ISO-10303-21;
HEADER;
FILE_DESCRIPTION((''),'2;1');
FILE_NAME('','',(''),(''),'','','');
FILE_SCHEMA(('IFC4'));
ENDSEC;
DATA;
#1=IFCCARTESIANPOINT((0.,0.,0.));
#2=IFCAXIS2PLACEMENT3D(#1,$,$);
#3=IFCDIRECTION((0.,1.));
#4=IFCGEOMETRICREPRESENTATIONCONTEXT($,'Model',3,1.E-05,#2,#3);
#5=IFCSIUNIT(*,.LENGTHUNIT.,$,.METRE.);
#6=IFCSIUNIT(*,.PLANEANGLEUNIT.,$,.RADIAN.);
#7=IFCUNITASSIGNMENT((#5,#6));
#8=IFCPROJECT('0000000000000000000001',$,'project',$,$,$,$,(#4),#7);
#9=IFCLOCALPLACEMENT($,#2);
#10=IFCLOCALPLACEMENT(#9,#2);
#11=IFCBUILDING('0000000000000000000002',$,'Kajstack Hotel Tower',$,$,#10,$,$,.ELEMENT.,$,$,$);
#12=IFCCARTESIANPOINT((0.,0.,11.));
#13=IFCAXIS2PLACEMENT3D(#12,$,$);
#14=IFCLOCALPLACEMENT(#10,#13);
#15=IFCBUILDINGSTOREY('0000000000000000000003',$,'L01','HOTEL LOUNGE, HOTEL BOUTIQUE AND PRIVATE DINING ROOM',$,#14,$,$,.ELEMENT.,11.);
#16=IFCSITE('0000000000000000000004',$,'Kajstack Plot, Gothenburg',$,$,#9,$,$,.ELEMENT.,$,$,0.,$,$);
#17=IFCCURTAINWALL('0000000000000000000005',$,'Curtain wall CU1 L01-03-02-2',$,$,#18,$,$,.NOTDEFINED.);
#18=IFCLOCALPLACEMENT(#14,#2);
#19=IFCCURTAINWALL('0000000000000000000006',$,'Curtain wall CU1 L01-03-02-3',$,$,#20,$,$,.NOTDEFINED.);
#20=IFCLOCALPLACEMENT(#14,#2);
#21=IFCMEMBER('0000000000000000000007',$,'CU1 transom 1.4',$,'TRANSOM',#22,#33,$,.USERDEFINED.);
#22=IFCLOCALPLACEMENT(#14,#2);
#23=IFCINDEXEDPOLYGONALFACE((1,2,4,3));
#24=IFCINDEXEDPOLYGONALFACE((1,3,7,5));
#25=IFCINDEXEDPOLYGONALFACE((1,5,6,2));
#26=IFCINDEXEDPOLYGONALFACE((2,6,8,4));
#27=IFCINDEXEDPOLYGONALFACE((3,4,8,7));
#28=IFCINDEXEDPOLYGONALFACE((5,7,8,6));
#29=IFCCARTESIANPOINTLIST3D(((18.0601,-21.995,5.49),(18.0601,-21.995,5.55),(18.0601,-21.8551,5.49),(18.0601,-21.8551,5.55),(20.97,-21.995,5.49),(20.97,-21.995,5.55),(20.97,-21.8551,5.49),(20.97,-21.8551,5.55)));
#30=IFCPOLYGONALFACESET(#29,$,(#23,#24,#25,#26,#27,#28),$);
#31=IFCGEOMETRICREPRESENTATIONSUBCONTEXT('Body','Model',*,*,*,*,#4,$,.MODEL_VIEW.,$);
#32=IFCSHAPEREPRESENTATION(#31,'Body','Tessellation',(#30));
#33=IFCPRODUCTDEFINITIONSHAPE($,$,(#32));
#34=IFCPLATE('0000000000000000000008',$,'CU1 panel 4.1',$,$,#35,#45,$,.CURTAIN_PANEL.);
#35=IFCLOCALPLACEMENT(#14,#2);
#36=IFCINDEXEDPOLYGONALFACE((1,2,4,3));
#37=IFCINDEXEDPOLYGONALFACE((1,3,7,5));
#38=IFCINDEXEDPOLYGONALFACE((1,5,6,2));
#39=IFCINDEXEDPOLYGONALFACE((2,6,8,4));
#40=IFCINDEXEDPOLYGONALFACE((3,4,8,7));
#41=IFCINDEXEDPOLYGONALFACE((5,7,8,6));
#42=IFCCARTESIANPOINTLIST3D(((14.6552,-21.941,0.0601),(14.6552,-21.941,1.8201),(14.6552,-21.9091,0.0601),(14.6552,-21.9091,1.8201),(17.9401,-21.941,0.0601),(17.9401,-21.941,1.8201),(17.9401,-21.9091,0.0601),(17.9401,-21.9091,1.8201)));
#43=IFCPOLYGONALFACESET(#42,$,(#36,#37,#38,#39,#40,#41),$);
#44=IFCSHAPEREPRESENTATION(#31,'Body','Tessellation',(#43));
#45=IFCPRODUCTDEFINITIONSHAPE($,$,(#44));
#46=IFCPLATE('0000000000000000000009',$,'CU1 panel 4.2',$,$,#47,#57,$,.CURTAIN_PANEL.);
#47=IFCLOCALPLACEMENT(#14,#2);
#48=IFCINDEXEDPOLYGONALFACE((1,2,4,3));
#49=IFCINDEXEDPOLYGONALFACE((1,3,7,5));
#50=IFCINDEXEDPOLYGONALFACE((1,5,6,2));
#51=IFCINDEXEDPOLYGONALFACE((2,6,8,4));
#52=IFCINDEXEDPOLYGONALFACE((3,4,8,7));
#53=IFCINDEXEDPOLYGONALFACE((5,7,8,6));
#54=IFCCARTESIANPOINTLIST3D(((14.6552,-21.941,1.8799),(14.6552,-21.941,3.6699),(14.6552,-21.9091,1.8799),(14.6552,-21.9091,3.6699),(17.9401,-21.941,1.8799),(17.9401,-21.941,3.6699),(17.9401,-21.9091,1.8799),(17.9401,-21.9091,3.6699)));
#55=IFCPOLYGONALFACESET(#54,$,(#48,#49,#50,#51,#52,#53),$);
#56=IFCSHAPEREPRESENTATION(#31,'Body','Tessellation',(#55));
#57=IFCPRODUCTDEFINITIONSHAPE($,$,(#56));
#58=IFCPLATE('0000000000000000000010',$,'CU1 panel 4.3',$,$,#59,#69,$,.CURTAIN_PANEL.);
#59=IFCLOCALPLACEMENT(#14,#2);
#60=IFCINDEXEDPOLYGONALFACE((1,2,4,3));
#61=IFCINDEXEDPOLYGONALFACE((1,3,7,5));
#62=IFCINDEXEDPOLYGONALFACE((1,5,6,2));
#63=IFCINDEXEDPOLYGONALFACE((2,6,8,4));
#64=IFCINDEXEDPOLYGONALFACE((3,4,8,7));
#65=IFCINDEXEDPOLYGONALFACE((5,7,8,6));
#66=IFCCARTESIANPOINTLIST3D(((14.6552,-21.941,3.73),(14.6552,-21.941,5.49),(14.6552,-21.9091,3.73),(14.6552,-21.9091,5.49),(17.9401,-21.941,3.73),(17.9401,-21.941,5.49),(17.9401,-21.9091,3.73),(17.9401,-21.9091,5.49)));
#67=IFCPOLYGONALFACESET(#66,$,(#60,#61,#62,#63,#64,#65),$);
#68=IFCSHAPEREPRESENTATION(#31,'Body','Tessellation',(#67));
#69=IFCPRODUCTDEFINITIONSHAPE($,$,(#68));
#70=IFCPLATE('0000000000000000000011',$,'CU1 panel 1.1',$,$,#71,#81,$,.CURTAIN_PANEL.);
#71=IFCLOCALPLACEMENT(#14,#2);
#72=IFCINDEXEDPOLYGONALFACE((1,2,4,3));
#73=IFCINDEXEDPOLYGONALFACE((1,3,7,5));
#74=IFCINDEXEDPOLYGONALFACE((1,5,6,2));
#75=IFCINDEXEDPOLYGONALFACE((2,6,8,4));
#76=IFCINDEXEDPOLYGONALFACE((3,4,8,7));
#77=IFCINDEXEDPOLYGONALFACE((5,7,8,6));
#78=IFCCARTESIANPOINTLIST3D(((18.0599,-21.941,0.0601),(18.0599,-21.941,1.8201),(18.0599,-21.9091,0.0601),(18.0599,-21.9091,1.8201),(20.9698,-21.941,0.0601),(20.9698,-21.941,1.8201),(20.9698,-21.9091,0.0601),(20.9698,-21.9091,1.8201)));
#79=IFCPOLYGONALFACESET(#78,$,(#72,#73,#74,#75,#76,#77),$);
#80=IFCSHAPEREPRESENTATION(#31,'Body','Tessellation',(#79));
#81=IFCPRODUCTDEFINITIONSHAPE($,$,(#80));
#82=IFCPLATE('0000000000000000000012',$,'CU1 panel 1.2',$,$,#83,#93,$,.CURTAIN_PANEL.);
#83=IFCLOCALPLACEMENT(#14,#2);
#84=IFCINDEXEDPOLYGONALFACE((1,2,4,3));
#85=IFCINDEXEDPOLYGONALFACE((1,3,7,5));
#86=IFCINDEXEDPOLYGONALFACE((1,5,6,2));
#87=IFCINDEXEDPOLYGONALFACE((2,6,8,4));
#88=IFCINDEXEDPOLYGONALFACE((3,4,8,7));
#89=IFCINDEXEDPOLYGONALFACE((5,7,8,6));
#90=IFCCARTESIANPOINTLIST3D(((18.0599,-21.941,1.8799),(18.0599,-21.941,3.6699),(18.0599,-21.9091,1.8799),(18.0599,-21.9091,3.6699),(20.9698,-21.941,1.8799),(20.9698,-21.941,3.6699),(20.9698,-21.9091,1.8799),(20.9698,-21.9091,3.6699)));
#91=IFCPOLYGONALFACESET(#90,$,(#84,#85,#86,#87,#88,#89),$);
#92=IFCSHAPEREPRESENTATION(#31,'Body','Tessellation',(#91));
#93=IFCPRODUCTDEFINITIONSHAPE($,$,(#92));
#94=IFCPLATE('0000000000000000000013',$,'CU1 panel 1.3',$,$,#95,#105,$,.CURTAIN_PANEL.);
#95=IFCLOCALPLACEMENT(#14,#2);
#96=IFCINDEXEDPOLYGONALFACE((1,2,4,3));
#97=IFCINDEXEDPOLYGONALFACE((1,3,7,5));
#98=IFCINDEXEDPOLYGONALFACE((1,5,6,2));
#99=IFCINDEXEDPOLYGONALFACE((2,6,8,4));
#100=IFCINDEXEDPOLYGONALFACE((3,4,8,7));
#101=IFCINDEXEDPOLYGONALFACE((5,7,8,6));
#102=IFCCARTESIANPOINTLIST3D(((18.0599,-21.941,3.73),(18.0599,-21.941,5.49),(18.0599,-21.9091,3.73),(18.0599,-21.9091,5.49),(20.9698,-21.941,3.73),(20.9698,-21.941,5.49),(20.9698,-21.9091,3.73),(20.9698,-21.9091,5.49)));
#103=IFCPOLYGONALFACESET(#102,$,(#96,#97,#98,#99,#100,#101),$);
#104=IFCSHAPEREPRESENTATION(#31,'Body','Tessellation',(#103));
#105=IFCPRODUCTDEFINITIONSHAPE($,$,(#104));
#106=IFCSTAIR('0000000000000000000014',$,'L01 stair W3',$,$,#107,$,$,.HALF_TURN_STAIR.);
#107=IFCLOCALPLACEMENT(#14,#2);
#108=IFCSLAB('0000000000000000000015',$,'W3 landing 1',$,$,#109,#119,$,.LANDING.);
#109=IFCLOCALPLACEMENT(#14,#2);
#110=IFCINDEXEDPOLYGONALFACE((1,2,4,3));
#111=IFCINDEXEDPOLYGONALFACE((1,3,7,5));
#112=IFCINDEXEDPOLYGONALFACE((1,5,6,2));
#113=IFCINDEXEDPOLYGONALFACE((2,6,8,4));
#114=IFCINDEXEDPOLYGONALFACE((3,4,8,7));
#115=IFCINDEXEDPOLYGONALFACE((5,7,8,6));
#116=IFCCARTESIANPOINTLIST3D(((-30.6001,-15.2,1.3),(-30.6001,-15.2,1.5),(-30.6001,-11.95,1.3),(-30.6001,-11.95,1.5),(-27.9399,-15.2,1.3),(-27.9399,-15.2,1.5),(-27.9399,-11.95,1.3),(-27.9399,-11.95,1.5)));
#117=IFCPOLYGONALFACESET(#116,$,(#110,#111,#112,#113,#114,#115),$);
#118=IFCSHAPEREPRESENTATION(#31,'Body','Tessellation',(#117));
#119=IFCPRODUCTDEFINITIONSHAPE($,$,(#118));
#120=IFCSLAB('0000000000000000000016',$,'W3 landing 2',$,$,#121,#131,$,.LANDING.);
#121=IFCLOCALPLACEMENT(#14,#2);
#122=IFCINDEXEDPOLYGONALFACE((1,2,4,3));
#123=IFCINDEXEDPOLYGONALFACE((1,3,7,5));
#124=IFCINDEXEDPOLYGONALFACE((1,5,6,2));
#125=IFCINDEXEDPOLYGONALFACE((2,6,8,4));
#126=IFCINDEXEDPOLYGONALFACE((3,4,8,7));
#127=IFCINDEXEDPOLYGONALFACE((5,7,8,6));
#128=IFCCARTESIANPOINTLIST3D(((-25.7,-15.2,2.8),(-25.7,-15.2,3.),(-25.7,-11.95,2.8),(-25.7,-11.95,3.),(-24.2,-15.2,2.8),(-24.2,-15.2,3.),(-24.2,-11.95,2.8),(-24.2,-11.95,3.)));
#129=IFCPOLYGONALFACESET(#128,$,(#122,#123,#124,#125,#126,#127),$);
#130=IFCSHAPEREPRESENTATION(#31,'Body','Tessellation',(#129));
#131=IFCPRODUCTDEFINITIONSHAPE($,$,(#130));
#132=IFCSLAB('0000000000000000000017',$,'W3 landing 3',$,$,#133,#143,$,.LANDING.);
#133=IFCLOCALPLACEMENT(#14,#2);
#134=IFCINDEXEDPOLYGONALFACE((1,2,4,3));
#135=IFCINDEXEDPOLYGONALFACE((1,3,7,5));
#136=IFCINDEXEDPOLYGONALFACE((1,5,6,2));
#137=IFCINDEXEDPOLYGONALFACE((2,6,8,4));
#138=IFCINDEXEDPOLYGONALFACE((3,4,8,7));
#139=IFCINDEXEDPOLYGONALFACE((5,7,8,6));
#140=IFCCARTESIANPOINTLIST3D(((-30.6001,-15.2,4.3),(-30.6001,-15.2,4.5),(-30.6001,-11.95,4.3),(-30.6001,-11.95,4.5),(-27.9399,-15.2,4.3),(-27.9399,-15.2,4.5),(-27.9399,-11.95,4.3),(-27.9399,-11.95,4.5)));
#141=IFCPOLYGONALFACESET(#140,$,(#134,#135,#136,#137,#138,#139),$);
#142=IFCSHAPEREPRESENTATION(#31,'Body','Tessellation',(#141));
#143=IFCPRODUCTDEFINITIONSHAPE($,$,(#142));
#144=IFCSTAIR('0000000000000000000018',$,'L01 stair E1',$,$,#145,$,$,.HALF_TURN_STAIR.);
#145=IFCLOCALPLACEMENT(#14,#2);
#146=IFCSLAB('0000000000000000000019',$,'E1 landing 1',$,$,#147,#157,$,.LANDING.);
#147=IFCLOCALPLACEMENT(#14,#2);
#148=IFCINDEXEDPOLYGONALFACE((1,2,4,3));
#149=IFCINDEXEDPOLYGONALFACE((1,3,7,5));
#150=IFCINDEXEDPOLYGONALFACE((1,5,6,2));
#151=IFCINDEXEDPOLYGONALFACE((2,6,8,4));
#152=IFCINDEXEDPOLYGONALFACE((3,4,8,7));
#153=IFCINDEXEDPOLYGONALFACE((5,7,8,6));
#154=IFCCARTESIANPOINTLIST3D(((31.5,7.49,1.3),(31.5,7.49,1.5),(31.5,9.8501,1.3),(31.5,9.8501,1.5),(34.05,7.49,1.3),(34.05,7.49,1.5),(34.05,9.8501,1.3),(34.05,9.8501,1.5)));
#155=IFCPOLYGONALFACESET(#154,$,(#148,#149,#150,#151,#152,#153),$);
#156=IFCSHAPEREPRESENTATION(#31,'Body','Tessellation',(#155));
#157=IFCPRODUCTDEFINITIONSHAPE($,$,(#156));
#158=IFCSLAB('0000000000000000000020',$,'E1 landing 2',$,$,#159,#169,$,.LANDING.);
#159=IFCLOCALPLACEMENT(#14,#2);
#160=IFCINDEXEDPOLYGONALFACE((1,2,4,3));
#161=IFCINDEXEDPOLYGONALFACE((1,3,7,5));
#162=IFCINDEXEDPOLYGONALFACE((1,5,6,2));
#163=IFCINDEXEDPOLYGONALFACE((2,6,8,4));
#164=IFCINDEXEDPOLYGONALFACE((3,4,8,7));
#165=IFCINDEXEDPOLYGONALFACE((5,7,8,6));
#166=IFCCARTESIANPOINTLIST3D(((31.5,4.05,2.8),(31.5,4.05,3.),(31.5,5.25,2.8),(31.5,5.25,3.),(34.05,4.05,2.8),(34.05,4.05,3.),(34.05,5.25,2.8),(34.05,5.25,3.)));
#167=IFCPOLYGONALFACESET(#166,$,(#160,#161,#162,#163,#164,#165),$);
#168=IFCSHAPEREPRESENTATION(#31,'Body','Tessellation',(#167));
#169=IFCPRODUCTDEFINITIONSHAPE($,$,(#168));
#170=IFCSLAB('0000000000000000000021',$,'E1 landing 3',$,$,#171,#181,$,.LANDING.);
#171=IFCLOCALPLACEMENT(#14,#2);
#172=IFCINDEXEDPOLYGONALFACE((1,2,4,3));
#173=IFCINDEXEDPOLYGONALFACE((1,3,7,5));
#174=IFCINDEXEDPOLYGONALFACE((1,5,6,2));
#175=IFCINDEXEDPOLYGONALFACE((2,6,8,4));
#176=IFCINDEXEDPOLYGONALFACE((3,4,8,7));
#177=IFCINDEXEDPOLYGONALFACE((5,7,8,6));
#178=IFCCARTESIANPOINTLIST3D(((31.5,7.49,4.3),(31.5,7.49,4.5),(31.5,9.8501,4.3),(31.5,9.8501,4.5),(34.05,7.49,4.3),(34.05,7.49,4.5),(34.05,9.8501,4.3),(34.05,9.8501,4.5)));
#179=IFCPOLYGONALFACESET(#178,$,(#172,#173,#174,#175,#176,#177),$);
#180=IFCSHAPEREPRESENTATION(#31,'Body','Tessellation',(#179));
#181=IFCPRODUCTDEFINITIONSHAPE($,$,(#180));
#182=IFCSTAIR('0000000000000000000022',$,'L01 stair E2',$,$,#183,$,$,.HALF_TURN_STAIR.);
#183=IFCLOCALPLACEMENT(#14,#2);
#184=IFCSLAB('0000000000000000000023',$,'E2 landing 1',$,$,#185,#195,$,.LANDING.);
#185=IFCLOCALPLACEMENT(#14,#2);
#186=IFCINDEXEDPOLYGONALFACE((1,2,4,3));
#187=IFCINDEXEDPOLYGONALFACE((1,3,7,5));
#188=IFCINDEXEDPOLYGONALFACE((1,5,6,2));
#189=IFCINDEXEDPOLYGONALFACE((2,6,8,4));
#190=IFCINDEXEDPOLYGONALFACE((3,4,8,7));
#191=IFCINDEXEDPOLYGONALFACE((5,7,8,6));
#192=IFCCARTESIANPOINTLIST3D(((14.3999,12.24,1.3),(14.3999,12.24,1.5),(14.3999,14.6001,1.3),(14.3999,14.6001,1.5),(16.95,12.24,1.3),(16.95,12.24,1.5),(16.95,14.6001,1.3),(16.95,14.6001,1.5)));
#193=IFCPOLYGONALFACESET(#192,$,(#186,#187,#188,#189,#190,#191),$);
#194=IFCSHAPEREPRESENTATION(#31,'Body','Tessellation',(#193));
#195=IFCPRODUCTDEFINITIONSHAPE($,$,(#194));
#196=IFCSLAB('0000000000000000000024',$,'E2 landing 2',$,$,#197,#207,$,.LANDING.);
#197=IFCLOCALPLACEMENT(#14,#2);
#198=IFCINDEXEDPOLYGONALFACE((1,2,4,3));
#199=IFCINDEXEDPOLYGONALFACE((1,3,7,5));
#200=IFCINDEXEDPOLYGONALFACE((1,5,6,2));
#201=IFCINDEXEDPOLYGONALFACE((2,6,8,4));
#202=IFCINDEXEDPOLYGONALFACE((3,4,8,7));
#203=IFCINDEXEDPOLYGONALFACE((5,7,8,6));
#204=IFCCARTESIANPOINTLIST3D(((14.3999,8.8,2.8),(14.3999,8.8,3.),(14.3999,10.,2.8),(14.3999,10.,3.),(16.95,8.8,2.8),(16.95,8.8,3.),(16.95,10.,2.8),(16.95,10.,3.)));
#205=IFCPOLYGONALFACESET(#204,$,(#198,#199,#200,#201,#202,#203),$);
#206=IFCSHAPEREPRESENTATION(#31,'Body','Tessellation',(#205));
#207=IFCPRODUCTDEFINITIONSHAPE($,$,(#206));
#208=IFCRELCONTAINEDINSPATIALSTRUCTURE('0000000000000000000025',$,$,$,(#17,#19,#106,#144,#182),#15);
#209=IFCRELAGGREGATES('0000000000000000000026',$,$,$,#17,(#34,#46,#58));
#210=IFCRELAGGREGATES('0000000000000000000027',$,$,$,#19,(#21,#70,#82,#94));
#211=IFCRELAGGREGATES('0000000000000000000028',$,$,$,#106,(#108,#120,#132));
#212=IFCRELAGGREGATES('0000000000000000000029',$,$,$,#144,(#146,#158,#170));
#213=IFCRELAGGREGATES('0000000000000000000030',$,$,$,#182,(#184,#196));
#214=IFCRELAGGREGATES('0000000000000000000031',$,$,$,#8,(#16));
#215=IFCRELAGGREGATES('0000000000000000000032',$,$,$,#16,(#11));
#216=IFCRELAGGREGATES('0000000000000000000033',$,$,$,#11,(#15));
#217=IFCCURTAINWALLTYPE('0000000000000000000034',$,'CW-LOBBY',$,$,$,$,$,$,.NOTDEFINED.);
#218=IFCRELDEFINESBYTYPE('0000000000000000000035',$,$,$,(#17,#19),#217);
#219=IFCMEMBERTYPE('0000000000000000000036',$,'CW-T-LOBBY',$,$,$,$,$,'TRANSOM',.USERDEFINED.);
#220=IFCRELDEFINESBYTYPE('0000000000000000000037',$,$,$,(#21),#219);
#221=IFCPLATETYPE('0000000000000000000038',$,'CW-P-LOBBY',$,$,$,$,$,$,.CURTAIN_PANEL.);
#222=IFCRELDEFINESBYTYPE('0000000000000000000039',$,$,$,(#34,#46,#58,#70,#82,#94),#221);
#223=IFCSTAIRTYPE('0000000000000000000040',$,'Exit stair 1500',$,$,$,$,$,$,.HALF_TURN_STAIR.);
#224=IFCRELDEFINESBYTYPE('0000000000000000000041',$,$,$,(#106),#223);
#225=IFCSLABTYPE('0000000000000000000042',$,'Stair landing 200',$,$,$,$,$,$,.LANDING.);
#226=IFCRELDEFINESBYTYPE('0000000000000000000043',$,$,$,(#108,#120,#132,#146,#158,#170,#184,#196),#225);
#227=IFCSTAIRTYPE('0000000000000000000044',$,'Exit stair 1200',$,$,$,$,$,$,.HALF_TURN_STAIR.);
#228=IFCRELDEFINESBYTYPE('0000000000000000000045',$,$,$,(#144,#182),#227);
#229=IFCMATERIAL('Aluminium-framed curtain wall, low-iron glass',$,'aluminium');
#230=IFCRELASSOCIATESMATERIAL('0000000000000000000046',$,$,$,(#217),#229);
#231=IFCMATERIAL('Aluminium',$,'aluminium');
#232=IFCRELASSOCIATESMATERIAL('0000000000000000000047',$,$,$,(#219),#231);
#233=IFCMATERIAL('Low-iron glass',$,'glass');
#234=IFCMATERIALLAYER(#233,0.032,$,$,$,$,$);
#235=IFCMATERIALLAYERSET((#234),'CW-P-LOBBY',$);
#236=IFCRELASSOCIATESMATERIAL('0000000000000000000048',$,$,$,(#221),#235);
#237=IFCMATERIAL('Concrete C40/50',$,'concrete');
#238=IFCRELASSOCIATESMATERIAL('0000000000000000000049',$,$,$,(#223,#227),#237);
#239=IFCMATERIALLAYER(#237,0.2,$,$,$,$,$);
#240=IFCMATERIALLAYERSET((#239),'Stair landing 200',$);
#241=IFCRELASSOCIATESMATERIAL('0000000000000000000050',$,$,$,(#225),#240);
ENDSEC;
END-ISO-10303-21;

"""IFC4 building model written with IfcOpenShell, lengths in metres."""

from ifc_helpers import new_model, si_unit, direction, frame, origin, origin_2d, place, context, subcontext, project, spatial, polyline, rectangle, outline, extrude, material, layer, layer_set, material_profile, profile_set, type_object, element, aggregate, save


model = new_model("IFC4")

# Units and contexts
model_context = context("Model", 3, precision=1e-05, world=origin(), true_north=direction((0.0, 1.0)))
body_context = subcontext(model_context, "Body", "Model", "MODEL_VIEW")
ifc_project = project(units=[si_unit("LENGTHUNIT", "METRE"), si_unit("PLANEANGLEUNIT", "RADIAN")], contexts=[model_context])

# Site, building, storey
site_placement = place(None, origin())
site = spatial("IfcSite", under=ifc_project, at=site_placement, Name="Kajstack Plot, Gothenburg", CompositionType="ELEMENT", RefElevation=0.0)
building_placement = place(site_placement, origin())
building = spatial("IfcBuilding", under=site, at=building_placement, Name="Kajstack Hotel Tower", CompositionType="ELEMENT")
storey_placement = place(building_placement, frame((0.0, 0.0, 11.0)))
storey = spatial("IfcBuildingStorey", under=building, at=storey_placement, Name="L01", Description="HOTEL LOUNGE, HOTEL BOUTIQUE AND PRIVATE DINING ROOM", CompositionType="ELEMENT", Elevation=11.0)

# Curtain wall
ifc_material_1 = material(Name="Aluminium-framed curtain wall, low-iron glass", Category="aluminium")
curtain_wall_type = type_object("IfcCurtainWallType", Name="CW-LOBBY", PredefinedType="NOTDEFINED", material=ifc_material_1)
curtain_wall_1_placement = place(storey_placement, origin())
curtain_wall_1 = element("IfcCurtainWall", 1, at=curtain_wall_1_placement, inside=storey, type_object=curtain_wall_type, Name="Curtain wall CU1 L01-03-02-2", PredefinedType="NOTDEFINED")
ifc_material_2 = material(Name="Aluminium", Category="aluminium")

# Curtain wall
curtain_wall_2_placement = place(storey_placement, origin())
curtain_wall_2 = element("IfcCurtainWall", 2, at=curtain_wall_2_placement, inside=storey, type_object=curtain_wall_type, Name="Curtain wall CU1 L01-03-02-3", PredefinedType="NOTDEFINED")

# Member
ifc_material_profile_1 = material_profile(ifc_material_2, rectangle(XDim=0.1399, YDim=0.0601, at=origin_2d()), Name="Aluminium transom 140 x 60")
ifc_profile_set_1 = profile_set([ifc_material_profile_1], Name="Aluminium")
member_type_1 = type_object("IfcMemberType", Name="CW-T-LOBBY", ElementType="TRANSOM", PredefinedType="USERDEFINED", material=ifc_profile_set_1)
member_1_placement = place(storey_placement, frame((18.0601, -21.925, 5.52), z_axis=(1.0, 0.0, 0.0), x_axis=(0.0, 1.0, 0.0)))
member_1 = element("IfcMember", 3, at=member_1_placement, type_object=member_type_1, Name="CU1 transom 1.4", ObjectType="TRANSOM", PredefinedType="USERDEFINED", context=body_context, shape_type="SweptSolid", body=[
    extrude(rectangle(XDim=0.1399, YDim=0.0601, at=origin_2d()), origin(), (0.0, 0.0, 1.0), 2.9099),
])

# Plates
ifc_material_3 = material(Name="Low-iron glass", Category="glass")
ifc_layer_1 = layer(ifc_material_3, 0.032)
ifc_layer_set_1 = layer_set([ifc_layer_1], Name="CW-P-LOBBY")
plate_type = type_object("IfcPlateType", Name="CW-P-LOBBY", PredefinedType="CURTAIN_PANEL", material=ifc_layer_set_1)
plate_1_placement = place(storey_placement, frame((16.2976, -21.925, 0.0601), z_axis=(0.0, 0.0, 1.0), x_axis=(1.0, 0.0, 0.0)))
plate_1 = element("IfcPlate", 4, at=plate_1_placement, type_object=plate_type, Name="CU1 panel 4.1", PredefinedType="CURTAIN_PANEL", context=body_context, shape_type="SweptSolid", body=[
    extrude(rectangle(XDim=3.2849, YDim=0.032, at=origin_2d()), origin(), (0.0, 0.0, 1.0), 1.76),
])
plate_2_placement = place(storey_placement, frame((16.2976, -21.925, 1.8799), z_axis=(0.0, 0.0, 1.0), x_axis=(1.0, 0.0, 0.0)))
plate_2 = element("IfcPlate", 5, at=plate_2_placement, type_object=plate_type, Name="CU1 panel 4.2", PredefinedType="CURTAIN_PANEL", context=body_context, shape_type="SweptSolid", body=[
    extrude(rectangle(XDim=3.2849, YDim=0.032, at=origin_2d()), origin(), (0.0, 0.0, 1.0), 1.79),
])
plate_3_placement = place(storey_placement, frame((16.2976, -21.925, 3.73), z_axis=(0.0, 0.0, 1.0), x_axis=(1.0, 0.0, 0.0)))
plate_3 = element("IfcPlate", 6, at=plate_3_placement, type_object=plate_type, Name="CU1 panel 4.3", PredefinedType="CURTAIN_PANEL", context=body_context, shape_type="SweptSolid", body=[
    extrude(rectangle(XDim=3.2849, YDim=0.032, at=origin_2d()), origin(), (0.0, 0.0, 1.0), 1.76),
])
aggregate(curtain_wall_1, [plate_1, plate_2, plate_3])
plate_4_placement = place(storey_placement, frame((19.5149, -21.925, 0.0601), z_axis=(0.0, 0.0, 1.0), x_axis=(1.0, 0.0, 0.0)))
plate_4 = element("IfcPlate", 7, at=plate_4_placement, type_object=plate_type, Name="CU1 panel 1.1", PredefinedType="CURTAIN_PANEL", context=body_context, shape_type="SweptSolid", body=[
    extrude(rectangle(XDim=2.9099, YDim=0.032, at=origin_2d()), origin(), (0.0, 0.0, 1.0), 1.76),
])
plate_5_placement = place(storey_placement, frame((19.5149, -21.925, 1.8799), z_axis=(0.0, 0.0, 1.0), x_axis=(1.0, 0.0, 0.0)))
plate_5 = element("IfcPlate", 8, at=plate_5_placement, type_object=plate_type, Name="CU1 panel 1.2", PredefinedType="CURTAIN_PANEL", context=body_context, shape_type="SweptSolid", body=[
    extrude(rectangle(XDim=2.9099, YDim=0.032, at=origin_2d()), origin(), (0.0, 0.0, 1.0), 1.79),
])
plate_6_placement = place(storey_placement, frame((19.5149, -21.925, 3.73), z_axis=(0.0, 0.0, 1.0), x_axis=(1.0, 0.0, 0.0)))
plate_6 = element("IfcPlate", 9, at=plate_6_placement, type_object=plate_type, Name="CU1 panel 1.3", PredefinedType="CURTAIN_PANEL", context=body_context, shape_type="SweptSolid", body=[
    extrude(rectangle(XDim=2.9099, YDim=0.032, at=origin_2d()), origin(), (0.0, 0.0, 1.0), 1.76),
])
aggregate(curtain_wall_2, [member_1, plate_4, plate_5, plate_6])

# Stairs, slabs
ifc_material_4 = material(Name="Concrete C40/50", Category="concrete")
stair_type_1 = type_object("IfcStairType", Name="Exit stair 1500", PredefinedType="HALF_TURN_STAIR", material=ifc_material_4)
stair_1_placement = place(storey_placement, origin())
stair_1 = element("IfcStair", 10, at=stair_1_placement, inside=storey, type_object=stair_type_1, Name="L01 stair W3", PredefinedType="HALF_TURN_STAIR")
ifc_layer_2 = layer(ifc_material_4, 0.2)
ifc_layer_set_2 = layer_set([ifc_layer_2], Name="Stair landing 200")
slab_type = type_object("IfcSlabType", Name="Stair landing 200", PredefinedType="LANDING", material=ifc_layer_set_2)
slab_1_placement = place(storey_placement, frame((0.0, 0.0, 1.3)))
slab_1 = element("IfcSlab", 11, at=slab_1_placement, type_object=slab_type, Name="W3 landing 1", PredefinedType="LANDING", context=body_context, shape_type="SweptSolid", body=[
    extrude(outline(polyline([(-27.9399, -11.95), (-30.6001, -11.95), (-30.6001, -15.2), (-27.9399, -15.2), (-27.9399, -11.95)])), origin(), (0.0, 0.0, 1.0), 0.2),
])
slab_2_placement = place(storey_placement, frame((0.0, 0.0, 2.8)))
slab_2 = element("IfcSlab", 12, at=slab_2_placement, type_object=slab_type, Name="W3 landing 2", PredefinedType="LANDING", context=body_context, shape_type="SweptSolid", body=[
    extrude(outline(polyline([(-24.2, -11.95), (-25.7, -11.95), (-25.7, -15.2), (-24.2, -15.2), (-24.2, -11.95)])), origin(), (0.0, 0.0, 1.0), 0.2),
])
slab_3_placement = place(storey_placement, frame((0.0, 0.0, 4.3)))
slab_3 = element("IfcSlab", 13, at=slab_3_placement, type_object=slab_type, Name="W3 landing 3", PredefinedType="LANDING", context=body_context, shape_type="SweptSolid", body=[
    extrude(outline(polyline([(-27.9399, -11.95), (-30.6001, -11.95), (-30.6001, -15.2), (-27.9399, -15.2), (-27.9399, -11.95)])), origin(), (0.0, 0.0, 1.0), 0.2),
])
aggregate(stair_1, [slab_1, slab_2, slab_3])
stair_type_2 = type_object("IfcStairType", Name="Exit stair 1200", PredefinedType="HALF_TURN_STAIR", material=ifc_material_4)
stair_2_placement = place(storey_placement, origin())
stair_2 = element("IfcStair", 14, at=stair_2_placement, inside=storey, type_object=stair_type_2, Name="L01 stair E1", PredefinedType="HALF_TURN_STAIR")
slab_4_placement = place(storey_placement, frame((0.0, 0.0, 1.3)))
slab_4 = element("IfcSlab", 15, at=slab_4_placement, type_object=slab_type, Name="E1 landing 1", PredefinedType="LANDING", context=body_context, shape_type="SweptSolid", body=[
    extrude(outline(polyline([(34.05, 7.49), (34.05, 9.8501), (31.5, 9.8501), (31.5, 7.49), (34.05, 7.49)])), origin(), (0.0, 0.0, 1.0), 0.2),
])
slab_5_placement = place(storey_placement, frame((0.0, 0.0, 2.8)))
slab_5 = element("IfcSlab", 16, at=slab_5_placement, type_object=slab_type, Name="E1 landing 2", PredefinedType="LANDING", context=body_context, shape_type="SweptSolid", body=[
    extrude(outline(polyline([(34.05, 4.05), (34.05, 5.25), (31.5, 5.25), (31.5, 4.05), (34.05, 4.05)])), origin(), (0.0, 0.0, 1.0), 0.2),
])
slab_6_placement = place(storey_placement, frame((0.0, 0.0, 4.3)))
slab_6 = element("IfcSlab", 17, at=slab_6_placement, type_object=slab_type, Name="E1 landing 3", PredefinedType="LANDING", context=body_context, shape_type="SweptSolid", body=[
    extrude(outline(polyline([(34.05, 7.49), (34.05, 9.8501), (31.5, 9.8501), (31.5, 7.49), (34.05, 7.49)])), origin(), (0.0, 0.0, 1.0), 0.2),
])
aggregate(stair_2, [slab_4, slab_5, slab_6])
stair_3_placement = place(storey_placement, origin())
stair_3 = element("IfcStair", 18, at=stair_3_placement, inside=storey, type_object=stair_type_2, Name="L01 stair E2", PredefinedType="HALF_TURN_STAIR")
slab_7_placement = place(storey_placement, frame((0.0, 0.0, 1.3)))
slab_7 = element("IfcSlab", 19, at=slab_7_placement, type_object=slab_type, Name="E2 landing 1", PredefinedType="LANDING", context=body_context, shape_type="SweptSolid", body=[
    extrude(outline(polyline([(16.95, 12.24), (16.95, 14.6001), (14.3999, 14.6001), (14.3999, 12.24), (16.95, 12.24)])), origin(), (0.0, 0.0, 1.0), 0.2),
])
slab_8_placement = place(storey_placement, frame((0.0, 0.0, 2.8)))
slab_8 = element("IfcSlab", 20, at=slab_8_placement, type_object=slab_type, Name="E2 landing 2", PredefinedType="LANDING", context=body_context, shape_type="SweptSolid", body=[
    extrude(outline(polyline([(16.95, 8.8), (16.95, 10.0), (14.3999, 10.0), (14.3999, 8.8), (16.95, 8.8)])), origin(), (0.0, 0.0, 1.0), 0.2),
])
aggregate(stair_3, [slab_7, slab_8])

save(model, "model.ifc")
